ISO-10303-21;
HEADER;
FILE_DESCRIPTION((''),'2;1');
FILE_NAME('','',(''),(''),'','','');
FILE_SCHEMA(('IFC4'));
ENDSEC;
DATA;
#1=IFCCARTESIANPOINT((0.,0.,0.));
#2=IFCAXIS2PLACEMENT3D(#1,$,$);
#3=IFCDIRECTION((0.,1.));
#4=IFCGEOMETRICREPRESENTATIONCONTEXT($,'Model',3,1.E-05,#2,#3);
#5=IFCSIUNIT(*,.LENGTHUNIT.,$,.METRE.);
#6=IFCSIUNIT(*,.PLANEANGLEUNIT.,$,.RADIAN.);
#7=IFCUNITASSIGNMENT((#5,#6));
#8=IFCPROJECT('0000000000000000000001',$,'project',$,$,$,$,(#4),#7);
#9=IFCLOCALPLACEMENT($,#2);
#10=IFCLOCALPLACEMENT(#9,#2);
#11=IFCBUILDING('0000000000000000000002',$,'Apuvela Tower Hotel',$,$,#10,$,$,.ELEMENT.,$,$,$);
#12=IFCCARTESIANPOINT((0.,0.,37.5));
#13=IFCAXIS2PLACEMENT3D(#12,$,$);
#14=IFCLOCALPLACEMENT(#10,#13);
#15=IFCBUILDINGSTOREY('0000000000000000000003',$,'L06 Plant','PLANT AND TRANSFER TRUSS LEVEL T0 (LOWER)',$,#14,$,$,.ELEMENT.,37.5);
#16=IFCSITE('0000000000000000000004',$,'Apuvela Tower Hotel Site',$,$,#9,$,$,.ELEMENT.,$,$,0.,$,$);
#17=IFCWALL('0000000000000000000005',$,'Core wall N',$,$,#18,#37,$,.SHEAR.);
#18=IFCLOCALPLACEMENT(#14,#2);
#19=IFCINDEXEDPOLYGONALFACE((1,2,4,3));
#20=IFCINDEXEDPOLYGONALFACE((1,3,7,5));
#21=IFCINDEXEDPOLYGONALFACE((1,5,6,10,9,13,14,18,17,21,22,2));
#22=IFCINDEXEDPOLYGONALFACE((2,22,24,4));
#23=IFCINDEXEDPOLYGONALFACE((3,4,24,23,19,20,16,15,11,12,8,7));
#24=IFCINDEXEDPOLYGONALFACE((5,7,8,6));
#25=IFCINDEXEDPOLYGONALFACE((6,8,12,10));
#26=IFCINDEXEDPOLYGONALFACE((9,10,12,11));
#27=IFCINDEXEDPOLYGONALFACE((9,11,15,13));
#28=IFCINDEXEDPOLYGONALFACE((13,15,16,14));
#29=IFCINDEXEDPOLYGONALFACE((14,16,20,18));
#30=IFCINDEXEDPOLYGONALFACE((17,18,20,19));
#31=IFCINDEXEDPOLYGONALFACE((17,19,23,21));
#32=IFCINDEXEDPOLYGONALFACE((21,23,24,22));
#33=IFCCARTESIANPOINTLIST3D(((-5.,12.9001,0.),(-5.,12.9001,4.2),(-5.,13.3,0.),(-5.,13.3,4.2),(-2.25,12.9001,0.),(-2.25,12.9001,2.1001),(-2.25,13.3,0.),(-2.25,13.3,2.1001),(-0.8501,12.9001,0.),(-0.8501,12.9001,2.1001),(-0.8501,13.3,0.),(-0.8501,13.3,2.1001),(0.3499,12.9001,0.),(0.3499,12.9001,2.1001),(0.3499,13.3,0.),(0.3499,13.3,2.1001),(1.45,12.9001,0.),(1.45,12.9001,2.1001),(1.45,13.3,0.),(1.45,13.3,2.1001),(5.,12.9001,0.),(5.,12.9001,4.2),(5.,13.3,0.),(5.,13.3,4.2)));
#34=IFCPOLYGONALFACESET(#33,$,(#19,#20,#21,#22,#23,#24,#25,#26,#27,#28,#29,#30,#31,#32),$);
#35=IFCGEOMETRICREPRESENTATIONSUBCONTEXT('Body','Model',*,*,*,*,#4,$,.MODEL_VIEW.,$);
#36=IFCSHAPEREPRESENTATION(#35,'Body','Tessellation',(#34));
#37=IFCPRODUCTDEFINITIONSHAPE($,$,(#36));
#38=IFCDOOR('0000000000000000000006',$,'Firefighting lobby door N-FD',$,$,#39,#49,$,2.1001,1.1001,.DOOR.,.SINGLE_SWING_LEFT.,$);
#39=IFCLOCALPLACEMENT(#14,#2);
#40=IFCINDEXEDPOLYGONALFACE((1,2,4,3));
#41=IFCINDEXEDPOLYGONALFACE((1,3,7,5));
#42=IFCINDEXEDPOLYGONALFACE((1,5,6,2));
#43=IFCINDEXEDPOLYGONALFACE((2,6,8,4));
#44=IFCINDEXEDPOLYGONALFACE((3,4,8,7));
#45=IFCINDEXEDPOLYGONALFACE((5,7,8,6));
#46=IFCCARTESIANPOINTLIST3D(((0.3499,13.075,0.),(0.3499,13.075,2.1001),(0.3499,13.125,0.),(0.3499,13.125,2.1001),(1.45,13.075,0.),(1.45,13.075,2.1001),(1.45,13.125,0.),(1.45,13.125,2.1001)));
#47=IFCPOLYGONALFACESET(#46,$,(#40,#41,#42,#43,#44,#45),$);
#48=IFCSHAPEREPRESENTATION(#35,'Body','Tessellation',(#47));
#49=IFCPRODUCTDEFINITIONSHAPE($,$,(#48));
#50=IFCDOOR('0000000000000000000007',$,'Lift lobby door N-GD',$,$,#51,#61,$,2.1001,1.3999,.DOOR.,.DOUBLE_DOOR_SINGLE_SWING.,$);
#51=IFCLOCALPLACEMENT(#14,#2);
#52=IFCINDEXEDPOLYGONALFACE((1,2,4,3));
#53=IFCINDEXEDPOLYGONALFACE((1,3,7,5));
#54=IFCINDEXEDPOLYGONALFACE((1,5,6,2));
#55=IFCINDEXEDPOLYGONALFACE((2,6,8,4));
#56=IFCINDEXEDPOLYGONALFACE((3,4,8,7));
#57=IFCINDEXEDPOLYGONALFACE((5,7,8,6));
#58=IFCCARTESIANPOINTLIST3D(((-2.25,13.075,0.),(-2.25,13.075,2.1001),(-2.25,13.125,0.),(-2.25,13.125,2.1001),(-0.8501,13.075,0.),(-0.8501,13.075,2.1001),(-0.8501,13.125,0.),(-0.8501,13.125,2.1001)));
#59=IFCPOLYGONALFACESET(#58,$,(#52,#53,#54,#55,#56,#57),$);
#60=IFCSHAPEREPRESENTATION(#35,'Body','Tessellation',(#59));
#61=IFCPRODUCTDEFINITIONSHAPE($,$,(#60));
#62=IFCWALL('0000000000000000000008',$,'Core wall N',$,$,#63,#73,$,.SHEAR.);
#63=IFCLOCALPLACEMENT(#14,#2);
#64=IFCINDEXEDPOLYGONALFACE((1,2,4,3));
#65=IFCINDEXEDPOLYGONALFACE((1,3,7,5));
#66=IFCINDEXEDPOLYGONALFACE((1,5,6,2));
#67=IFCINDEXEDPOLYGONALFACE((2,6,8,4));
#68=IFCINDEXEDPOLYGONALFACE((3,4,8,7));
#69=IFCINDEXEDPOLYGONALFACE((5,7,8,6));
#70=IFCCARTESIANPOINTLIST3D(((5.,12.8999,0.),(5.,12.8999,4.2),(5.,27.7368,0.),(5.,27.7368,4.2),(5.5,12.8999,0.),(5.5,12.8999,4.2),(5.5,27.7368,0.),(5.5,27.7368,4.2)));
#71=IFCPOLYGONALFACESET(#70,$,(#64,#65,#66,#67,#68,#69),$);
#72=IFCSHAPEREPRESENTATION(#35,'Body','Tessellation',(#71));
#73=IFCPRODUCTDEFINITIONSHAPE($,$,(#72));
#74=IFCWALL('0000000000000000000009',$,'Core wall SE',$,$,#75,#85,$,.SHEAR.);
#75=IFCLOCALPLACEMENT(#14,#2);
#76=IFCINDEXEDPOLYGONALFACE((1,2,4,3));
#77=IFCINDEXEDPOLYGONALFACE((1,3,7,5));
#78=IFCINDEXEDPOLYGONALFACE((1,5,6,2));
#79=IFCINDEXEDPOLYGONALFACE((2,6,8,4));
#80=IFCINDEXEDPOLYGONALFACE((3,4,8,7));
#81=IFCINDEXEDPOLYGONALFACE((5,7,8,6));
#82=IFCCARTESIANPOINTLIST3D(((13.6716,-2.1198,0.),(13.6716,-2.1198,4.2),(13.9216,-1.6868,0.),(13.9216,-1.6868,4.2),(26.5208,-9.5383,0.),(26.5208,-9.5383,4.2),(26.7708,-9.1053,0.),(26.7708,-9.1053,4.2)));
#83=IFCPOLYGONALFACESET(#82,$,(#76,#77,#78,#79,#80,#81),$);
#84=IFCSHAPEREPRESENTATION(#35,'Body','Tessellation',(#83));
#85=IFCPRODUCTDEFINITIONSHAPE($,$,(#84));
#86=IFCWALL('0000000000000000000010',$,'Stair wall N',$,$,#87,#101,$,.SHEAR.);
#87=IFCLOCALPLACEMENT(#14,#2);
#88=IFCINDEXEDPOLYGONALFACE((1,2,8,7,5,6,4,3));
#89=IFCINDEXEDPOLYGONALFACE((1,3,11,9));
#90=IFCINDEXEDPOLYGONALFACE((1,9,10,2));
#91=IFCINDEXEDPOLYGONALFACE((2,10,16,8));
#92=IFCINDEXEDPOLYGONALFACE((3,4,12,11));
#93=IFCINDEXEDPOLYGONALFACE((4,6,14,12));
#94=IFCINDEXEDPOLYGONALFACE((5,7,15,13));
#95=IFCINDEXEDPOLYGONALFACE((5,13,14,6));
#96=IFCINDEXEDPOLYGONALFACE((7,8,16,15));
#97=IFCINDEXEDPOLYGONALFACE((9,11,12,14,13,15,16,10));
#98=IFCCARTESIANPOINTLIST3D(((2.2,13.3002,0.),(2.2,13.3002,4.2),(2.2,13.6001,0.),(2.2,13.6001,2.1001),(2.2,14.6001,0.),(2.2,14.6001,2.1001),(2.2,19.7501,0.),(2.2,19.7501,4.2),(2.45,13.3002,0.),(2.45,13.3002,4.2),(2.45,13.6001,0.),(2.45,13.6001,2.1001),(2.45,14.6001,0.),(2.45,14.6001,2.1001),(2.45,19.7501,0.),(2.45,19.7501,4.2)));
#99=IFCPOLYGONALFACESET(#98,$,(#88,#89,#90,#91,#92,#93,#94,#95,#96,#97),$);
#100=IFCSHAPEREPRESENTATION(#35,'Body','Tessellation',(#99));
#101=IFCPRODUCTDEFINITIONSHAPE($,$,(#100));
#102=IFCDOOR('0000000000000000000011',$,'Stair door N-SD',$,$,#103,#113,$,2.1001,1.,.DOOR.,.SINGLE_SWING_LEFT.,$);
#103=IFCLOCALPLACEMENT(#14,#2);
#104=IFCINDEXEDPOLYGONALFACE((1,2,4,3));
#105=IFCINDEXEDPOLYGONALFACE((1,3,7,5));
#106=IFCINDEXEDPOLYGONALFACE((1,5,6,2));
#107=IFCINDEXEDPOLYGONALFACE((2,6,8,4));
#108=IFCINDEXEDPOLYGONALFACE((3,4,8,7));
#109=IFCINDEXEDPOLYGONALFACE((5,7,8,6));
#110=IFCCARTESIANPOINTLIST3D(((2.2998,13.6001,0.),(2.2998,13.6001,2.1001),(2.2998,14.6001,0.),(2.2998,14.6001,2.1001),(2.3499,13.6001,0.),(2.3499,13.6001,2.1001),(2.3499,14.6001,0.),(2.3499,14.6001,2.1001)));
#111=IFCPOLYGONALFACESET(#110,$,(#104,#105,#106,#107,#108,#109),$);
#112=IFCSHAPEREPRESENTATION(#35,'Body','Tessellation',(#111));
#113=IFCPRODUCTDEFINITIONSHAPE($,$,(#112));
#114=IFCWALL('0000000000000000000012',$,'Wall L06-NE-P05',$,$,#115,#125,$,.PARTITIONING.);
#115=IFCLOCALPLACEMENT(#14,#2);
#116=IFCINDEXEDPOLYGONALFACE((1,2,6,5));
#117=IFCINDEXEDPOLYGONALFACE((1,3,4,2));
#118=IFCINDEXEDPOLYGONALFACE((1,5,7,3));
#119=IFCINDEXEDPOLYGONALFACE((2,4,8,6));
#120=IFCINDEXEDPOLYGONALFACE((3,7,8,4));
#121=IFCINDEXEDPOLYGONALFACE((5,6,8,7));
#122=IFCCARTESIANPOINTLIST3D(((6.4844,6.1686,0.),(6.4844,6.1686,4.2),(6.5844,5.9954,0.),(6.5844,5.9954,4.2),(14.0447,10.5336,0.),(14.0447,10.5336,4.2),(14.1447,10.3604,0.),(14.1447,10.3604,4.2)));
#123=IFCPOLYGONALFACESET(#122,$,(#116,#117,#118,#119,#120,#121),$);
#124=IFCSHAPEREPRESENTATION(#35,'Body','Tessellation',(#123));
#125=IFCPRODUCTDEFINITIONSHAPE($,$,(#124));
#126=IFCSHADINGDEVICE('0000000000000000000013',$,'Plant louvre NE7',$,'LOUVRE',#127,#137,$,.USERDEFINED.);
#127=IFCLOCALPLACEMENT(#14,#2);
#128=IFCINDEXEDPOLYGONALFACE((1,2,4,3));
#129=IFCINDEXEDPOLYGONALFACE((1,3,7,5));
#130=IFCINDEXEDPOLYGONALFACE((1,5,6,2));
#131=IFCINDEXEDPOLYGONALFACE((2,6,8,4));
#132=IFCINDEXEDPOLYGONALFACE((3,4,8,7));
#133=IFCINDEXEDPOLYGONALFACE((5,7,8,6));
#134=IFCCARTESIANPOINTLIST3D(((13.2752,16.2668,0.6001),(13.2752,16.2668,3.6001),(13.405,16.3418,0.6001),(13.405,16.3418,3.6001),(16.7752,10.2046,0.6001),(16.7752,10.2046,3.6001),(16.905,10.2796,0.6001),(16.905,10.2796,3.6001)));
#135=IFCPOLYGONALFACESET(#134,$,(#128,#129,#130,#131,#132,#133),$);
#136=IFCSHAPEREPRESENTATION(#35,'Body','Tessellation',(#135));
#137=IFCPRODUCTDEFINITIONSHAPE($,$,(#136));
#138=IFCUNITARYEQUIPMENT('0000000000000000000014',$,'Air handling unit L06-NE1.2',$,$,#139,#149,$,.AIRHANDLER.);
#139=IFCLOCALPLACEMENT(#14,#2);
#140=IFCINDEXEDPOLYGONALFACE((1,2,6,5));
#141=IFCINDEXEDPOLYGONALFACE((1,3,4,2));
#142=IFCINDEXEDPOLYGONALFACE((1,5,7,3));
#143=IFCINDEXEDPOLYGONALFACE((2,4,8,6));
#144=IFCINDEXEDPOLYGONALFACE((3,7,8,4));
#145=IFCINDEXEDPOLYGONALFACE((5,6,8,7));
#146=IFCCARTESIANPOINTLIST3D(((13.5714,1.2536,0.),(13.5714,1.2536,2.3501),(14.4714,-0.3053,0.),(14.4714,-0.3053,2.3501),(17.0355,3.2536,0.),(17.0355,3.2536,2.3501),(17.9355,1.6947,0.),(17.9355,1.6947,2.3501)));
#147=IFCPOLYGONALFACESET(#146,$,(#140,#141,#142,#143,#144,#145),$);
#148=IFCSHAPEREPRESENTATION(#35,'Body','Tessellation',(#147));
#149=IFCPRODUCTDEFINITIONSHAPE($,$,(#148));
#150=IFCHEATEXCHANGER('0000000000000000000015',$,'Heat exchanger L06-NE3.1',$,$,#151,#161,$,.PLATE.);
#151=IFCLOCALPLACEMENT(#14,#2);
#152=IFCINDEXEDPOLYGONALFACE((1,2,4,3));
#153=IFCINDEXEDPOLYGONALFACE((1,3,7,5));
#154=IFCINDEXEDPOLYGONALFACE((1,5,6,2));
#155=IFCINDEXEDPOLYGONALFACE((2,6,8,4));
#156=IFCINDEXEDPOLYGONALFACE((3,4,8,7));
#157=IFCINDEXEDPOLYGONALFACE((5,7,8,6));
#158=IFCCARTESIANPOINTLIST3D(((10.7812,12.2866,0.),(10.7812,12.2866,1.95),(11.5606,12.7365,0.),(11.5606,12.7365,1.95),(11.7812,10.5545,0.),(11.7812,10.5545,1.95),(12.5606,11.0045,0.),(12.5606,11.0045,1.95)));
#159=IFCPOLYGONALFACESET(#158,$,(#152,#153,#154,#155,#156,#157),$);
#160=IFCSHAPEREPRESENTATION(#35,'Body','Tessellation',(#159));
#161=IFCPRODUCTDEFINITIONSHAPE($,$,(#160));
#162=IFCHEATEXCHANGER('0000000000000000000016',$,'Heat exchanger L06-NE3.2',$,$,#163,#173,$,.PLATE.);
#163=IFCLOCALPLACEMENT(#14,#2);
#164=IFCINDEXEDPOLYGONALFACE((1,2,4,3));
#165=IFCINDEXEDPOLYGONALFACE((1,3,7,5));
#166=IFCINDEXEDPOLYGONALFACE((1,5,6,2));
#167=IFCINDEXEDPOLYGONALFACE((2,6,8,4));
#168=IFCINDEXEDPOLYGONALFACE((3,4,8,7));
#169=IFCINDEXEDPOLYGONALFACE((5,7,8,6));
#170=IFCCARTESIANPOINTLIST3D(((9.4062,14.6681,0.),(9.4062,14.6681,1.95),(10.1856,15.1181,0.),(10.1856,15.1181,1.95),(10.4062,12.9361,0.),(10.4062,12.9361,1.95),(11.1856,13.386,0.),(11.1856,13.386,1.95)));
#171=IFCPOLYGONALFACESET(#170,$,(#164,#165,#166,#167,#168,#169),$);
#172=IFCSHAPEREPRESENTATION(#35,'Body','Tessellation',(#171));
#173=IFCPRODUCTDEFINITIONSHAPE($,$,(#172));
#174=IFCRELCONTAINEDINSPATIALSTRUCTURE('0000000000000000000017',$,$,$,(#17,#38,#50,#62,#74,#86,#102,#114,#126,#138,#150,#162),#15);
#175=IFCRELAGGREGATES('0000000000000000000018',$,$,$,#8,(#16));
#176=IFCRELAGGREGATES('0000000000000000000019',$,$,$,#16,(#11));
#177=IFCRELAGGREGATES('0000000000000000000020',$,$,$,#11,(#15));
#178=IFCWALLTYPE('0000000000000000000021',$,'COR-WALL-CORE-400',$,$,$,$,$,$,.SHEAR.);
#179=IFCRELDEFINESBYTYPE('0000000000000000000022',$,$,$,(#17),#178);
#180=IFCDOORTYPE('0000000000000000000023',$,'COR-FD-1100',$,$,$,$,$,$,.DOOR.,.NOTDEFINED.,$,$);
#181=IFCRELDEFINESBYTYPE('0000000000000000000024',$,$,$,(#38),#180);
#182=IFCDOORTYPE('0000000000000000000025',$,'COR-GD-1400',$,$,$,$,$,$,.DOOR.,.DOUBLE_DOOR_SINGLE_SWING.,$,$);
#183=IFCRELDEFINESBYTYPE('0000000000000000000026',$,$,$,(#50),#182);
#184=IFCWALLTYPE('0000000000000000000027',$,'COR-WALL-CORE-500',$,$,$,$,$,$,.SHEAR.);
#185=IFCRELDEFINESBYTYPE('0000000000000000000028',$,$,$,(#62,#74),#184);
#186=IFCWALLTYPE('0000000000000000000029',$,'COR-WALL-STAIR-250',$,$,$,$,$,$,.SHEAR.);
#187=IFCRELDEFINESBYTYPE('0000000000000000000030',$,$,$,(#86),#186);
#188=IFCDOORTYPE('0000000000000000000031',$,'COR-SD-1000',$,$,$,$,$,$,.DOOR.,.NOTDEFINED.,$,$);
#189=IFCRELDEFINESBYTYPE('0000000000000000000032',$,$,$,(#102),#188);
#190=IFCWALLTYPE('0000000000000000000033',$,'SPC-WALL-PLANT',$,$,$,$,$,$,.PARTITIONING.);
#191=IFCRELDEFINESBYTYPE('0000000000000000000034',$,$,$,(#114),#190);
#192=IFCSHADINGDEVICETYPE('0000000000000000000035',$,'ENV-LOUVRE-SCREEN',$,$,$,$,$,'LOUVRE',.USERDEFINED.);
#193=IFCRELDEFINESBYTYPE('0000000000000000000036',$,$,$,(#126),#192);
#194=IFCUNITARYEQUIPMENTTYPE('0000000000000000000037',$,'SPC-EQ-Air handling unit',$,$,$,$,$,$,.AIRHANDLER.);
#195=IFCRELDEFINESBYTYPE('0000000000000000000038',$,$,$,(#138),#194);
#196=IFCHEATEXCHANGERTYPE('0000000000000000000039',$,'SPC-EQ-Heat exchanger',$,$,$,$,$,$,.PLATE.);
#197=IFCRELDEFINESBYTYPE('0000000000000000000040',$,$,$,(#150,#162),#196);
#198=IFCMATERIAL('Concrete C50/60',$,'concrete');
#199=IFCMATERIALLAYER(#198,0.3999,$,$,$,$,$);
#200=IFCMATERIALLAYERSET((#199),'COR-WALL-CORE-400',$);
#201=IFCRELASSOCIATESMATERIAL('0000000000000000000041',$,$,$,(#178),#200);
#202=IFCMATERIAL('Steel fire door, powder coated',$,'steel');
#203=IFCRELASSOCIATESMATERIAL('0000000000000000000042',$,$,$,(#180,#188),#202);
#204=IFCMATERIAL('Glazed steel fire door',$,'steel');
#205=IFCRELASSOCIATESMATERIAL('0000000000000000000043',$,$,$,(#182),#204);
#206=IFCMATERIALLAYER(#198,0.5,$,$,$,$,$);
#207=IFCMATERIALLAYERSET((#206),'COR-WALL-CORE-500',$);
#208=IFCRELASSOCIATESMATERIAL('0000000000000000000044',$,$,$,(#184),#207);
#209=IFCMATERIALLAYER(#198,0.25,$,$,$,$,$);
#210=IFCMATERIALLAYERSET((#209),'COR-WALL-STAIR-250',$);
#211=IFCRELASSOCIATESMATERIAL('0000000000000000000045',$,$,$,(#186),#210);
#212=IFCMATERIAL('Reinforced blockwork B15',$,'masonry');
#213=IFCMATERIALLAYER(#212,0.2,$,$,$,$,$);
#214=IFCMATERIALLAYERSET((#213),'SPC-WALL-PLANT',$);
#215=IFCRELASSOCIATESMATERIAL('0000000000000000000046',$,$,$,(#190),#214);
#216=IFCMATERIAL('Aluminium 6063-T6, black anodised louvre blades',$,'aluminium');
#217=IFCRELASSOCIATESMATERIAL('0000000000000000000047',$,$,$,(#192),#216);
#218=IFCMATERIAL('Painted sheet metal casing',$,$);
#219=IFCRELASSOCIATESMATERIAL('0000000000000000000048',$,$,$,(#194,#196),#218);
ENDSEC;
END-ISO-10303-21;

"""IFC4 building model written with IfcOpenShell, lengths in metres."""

from ifc_helpers import new_model, si_unit, direction, frame, frame_2d, origin, origin_2d, place, context, subcontext, project, spatial, rectangle, extrude, material, layer, layer_set, type_object, element, fill, save


model = new_model("IFC4")

# Units and contexts
model_context = context("Model", 3, precision=1e-05, world=origin(), true_north=direction((0.0, 1.0)))
body_context = subcontext(model_context, "Body", "Model", "MODEL_VIEW")
ifc_project = project(units=[si_unit("LENGTHUNIT", "METRE"), si_unit("PLANEANGLEUNIT", "RADIAN")], contexts=[model_context])

# Site, building, storey
site_placement = place(None, origin())
site = spatial("IfcSite", under=ifc_project, at=site_placement, Name="Apuvela Tower Hotel Site", CompositionType="ELEMENT", RefElevation=0.0)
building_placement = place(site_placement, origin())
building = spatial("IfcBuilding", under=site, at=building_placement, Name="Apuvela Tower Hotel", CompositionType="ELEMENT")
storey_placement = place(building_placement, frame((0.0, 0.0, 37.5)))
storey = spatial("IfcBuildingStorey", under=building, at=storey_placement, Name="L06 Plant", Description="PLANT AND TRANSFER TRUSS LEVEL T0 (LOWER)", CompositionType="ELEMENT", Elevation=37.5)

# Shared definitions
ifc_material_1 = material(Name="Concrete C50/60", Category="concrete")

# Wall, openings, doors
ifc_layer_1 = layer(ifc_material_1, 0.3999)
ifc_layer_set_1 = layer_set([ifc_layer_1], Name="COR-WALL-CORE-400")
wall_type_1 = type_object("IfcWallType", Name="COR-WALL-CORE-400", PredefinedType="SHEAR", material=ifc_layer_set_1)
wall_1_placement = place(storey_placement, frame((5.0, 13.1001, 0.0), z_axis=(0.0, 0.0, 1.0), x_axis=(-1.0, 0.0, 0.0)))
wall_1 = element("IfcWall", 1, at=wall_1_placement, inside=storey, type_object=wall_type_1, Name="Core wall N", PredefinedType="SHEAR", context=body_context, shape_type="SweptSolid", body=[
    extrude(rectangle(XDim=10.0, YDim=0.3999, at=frame_2d((5.0, 0.0))), origin(), (0.0, 0.0, 1.0), 4.2),
])
opening_1_placement = place(wall_1_placement, frame((3.55, 0.0, 0.0)))
opening_1 = element("IfcOpeningElement", 2, at=opening_1_placement, cuts=wall_1, PredefinedType="OPENING", context=body_context, shape_type="SweptSolid", body=[
    extrude(rectangle(XDim=1.1001, YDim=2.1001, at=frame_2d((0.55, 1.05))), frame((0.0, 0.21, 0.0), z_axis=(0.0, -1.0, 0.0), x_axis=(1.0, 0.0, 0.0)), (0.0, 0.0, 1.0), 0.4199),
])
opening_2_placement = place(wall_1_placement, frame((5.8501, 0.0, 0.0)))
opening_2 = element("IfcOpeningElement", 3, at=opening_2_placement, cuts=wall_1, PredefinedType="OPENING", context=body_context, shape_type="SweptSolid", body=[
    extrude(rectangle(XDim=1.3999, YDim=2.1001, at=frame_2d((0.7, 1.05))), frame((0.0, 0.21, 0.0), z_axis=(0.0, -1.0, 0.0), x_axis=(1.0, 0.0, 0.0)), (0.0, 0.0, 1.0), 0.4199),
])
ifc_material_2 = material(Name="Steel fire door, powder coated", Category="steel")
door_type_1 = type_object("IfcDoorType", Name="COR-FD-1100", OperationType="NOTDEFINED", PredefinedType="DOOR", material=ifc_material_2)
door_1_placement = place(opening_1_placement, frame((1.1001, 0.0, 0.0), z_axis=(0.0, 0.0, 1.0), x_axis=(-1.0, 0.0, 0.0)))
door_1 = element("IfcDoor", 4, at=door_1_placement, inside=storey, type_object=door_type_1, Name="Firefighting lobby door N-FD", OperationType="SINGLE_SWING_LEFT", OverallHeight=2.1001, OverallWidth=1.1001, PredefinedType="DOOR", context=body_context, shape_type="SweptSolid", body=[
    extrude(rectangle(XDim=1.1001, YDim=2.1001, at=frame_2d((0.55, 1.05))), frame((0.0, 0.0249, 0.0), z_axis=(0.0, -1.0, 0.0), x_axis=(1.0, 0.0, 0.0)), (0.0, 0.0, 1.0), 0.05),
])
fill(opening_1, door_1)
ifc_material_3 = material(Name="Glazed steel fire door", Category="steel")
door_type_2 = type_object("IfcDoorType", Name="COR-GD-1400", OperationType="DOUBLE_DOOR_SINGLE_SWING", PredefinedType="DOOR", material=ifc_material_3)
door_2_placement = place(opening_2_placement, frame((1.3999, 0.0, 0.0), z_axis=(0.0, 0.0, 1.0), x_axis=(-1.0, 0.0, 0.0)))
door_2 = element("IfcDoor", 5, at=door_2_placement, inside=storey, type_object=door_type_2, Name="Lift lobby door N-GD", OperationType="DOUBLE_DOOR_SINGLE_SWING", OverallHeight=2.1001, OverallWidth=1.3999, PredefinedType="DOOR", context=body_context, shape_type="SweptSolid", body=[
    extrude(rectangle(XDim=1.3999, YDim=2.1001, at=frame_2d((0.7, 1.05))), frame((0.0, 0.0249, 0.0), z_axis=(0.0, -1.0, 0.0), x_axis=(1.0, 0.0, 0.0)), (0.0, 0.0, 1.0), 0.05),
])
fill(opening_2, door_2)

# Walls
ifc_layer_2 = layer(ifc_material_1, 0.5)
ifc_layer_set_2 = layer_set([ifc_layer_2], Name="COR-WALL-CORE-500")
wall_type_2 = type_object("IfcWallType", Name="COR-WALL-CORE-500", PredefinedType="SHEAR", material=ifc_layer_set_2)
for number, where, z_axis, x_axis, name in (
    (6, (5.25, 12.8999, 0.0), (0.0, 0.0, 1.0), (0.0, 1.0, 0.0), "Core wall N"),
    (7, (13.7966, -1.9033, 0.0), (0.0, 0.0, 1.0), (0.866025, -0.500001, 0.0), "Core wall SE"),
):
    element("IfcWall", number, at=place(storey_placement, frame(where, z_axis=z_axis, x_axis=x_axis)), inside=storey, type_object=wall_type_2, Name=name, PredefinedType="SHEAR", context=body_context, shape_type="SweptSolid", body=[
        extrude(rectangle(XDim=14.8369, YDim=0.5, at=frame_2d((7.4185, 0.0))), origin(), (0.0, 0.0, 1.0), 4.2),
    ])

# Wall, opening, door
ifc_layer_3 = layer(ifc_material_1, 0.25)
ifc_layer_set_3 = layer_set([ifc_layer_3], Name="COR-WALL-STAIR-250")
wall_type_3 = type_object("IfcWallType", Name="COR-WALL-STAIR-250", PredefinedType="SHEAR", material=ifc_layer_set_3)
wall_2_placement = place(storey_placement, frame((2.325, 13.3, 0.0), z_axis=(0.0, 0.0, 1.0), x_axis=(0.0, 1.0, 0.0)))
wall_2 = element("IfcWall", 8, at=wall_2_placement, inside=storey, type_object=wall_type_3, Name="Stair wall N", PredefinedType="SHEAR", context=body_context, shape_type="SweptSolid", body=[
    extrude(rectangle(XDim=6.45, YDim=0.25, at=frame_2d((3.2251, 0.0))), origin(), (0.0, 0.0, 1.0), 4.2),
])
opening_3_placement = place(wall_2_placement, frame((0.3, 0.0, 0.0)))
opening_3 = element("IfcOpeningElement", 9, at=opening_3_placement, cuts=wall_2, PredefinedType="OPENING", context=body_context, shape_type="SweptSolid", body=[
    extrude(rectangle(XDim=1.0, YDim=2.1001, at=frame_2d((0.5, 1.05))), frame((0.0, 0.135, 0.0), z_axis=(0.0, -1.0, 0.0), x_axis=(1.0, 0.0, 0.0)), (0.0, 0.0, 1.0), 0.27),
])
door_type_3 = type_object("IfcDoorType", Name="COR-SD-1000", OperationType="NOTDEFINED", PredefinedType="DOOR", material=ifc_material_2)
door_3_placement = place(opening_3_placement, frame((1.0, 0.0, 0.0), z_axis=(0.0, 0.0, 1.0), x_axis=(-1.0, 0.0, 0.0)))
door_3 = element("IfcDoor", 10, at=door_3_placement, inside=storey, type_object=door_type_3, Name="Stair door N-SD", OperationType="SINGLE_SWING_LEFT", OverallHeight=2.1001, OverallWidth=1.0, PredefinedType="DOOR", context=body_context, shape_type="SweptSolid", body=[
    extrude(rectangle(XDim=1.0, YDim=2.1001, at=frame_2d((0.5, 1.05))), frame((0.0, 0.0249, 0.0), z_axis=(0.0, -1.0, 0.0), x_axis=(1.0, 0.0, 0.0)), (0.0, 0.0, 1.0), 0.05),
])
fill(opening_3, door_3)

# Wall
ifc_material_4 = material(Name="Reinforced blockwork B15", Category="masonry")
ifc_layer_4 = layer(ifc_material_4, 0.2)
ifc_layer_set_4 = layer_set([ifc_layer_4], Name="SPC-WALL-PLANT")
wall_type_4 = type_object("IfcWallType", Name="SPC-WALL-PLANT", PredefinedType="PARTITIONING", material=ifc_layer_set_4)
wall_3_placement = place(storey_placement, frame((14.0947, 10.447, 0.0), z_axis=(0.0, 0.0, 1.0), x_axis=(-0.866023, -0.500004, 0.0)))
element("IfcWall", 11, at=wall_3_placement, inside=storey, type_object=wall_type_4, Name="Wall L06-NE-P05", PredefinedType="PARTITIONING", context=body_context, shape_type="SweptSolid", body=[
    extrude(rectangle(XDim=8.73, YDim=0.2, at=frame_2d((4.365, 0.0))), origin(), (0.0, 0.0, 1.0), 4.2),
])

# Shading device
ifc_material_5 = material(Name="Aluminium 6063-T6, black anodised louvre blades", Category="aluminium")
shading_device_type = type_object("IfcShadingDeviceType", Name="ENV-LOUVRE-SCREEN", ElementType="LOUVRE", PredefinedType="USERDEFINED", material=ifc_material_5)
shading_device_placement = place(storey_placement, frame((15.0901, 13.2732, 0.6001), z_axis=(0.0, 0.0, 1.0), x_axis=(-0.5, 0.866025, 0.0)))
element("IfcShadingDevice", 12, at=shading_device_placement, inside=storey, type_object=shading_device_type, Name="Plant louvre NE7", ObjectType="LOUVRE", PredefinedType="USERDEFINED", context=body_context, shape_type="SweptSolid", body=[
    extrude(rectangle(XDim=7.0, YDim=0.1499, at=origin_2d()), origin(), (0.0, 0.0, 1.0), 3.0),
])

# Unitary equipment
ifc_material_6 = material(Name="Painted sheet metal casing")
unitary_equipment_type = type_object("IfcUnitaryEquipmentType", Name="SPC-EQ-Air handling unit", PredefinedType="AIRHANDLER", material=ifc_material_6)
unitary_equipment_placement = place(storey_placement, frame((15.7534, 1.4741, 0.0), z_axis=(0.0, 0.0, 1.0), x_axis=(-0.5, 0.866025, 0.0)))
element("IfcUnitaryEquipment", 13, at=unitary_equipment_placement, inside=storey, type_object=unitary_equipment_type, Name="Air handling unit L06-NE1.2", PredefinedType="AIRHANDLER", context=body_context, shape_type="SweptSolid", body=[
    extrude(rectangle(XDim=1.8, YDim=4.0, at=origin_2d()), origin(), (0.0, 0.0, 1.0), 2.3501),
])

# Heat exchangers
heat_exchanger_type = type_object("IfcHeatExchangerType", Name="SPC-EQ-Heat exchanger", PredefinedType="PLATE", material=ifc_material_6)
for number, where, z_axis, x_axis, name in (
    (14, (11.6709, 11.6455, 0.0), (0.0, 0.0, 1.0), (-0.5, 0.866025, 0.0), "Heat exchanger L06-NE3.1"),
    (15, (10.2959, 14.0271, 0.0), (0.0, 0.0, 1.0), (-0.5, 0.866025, 0.0), "Heat exchanger L06-NE3.2"),
):
    element("IfcHeatExchanger", number, at=place(storey_placement, frame(where, z_axis=z_axis, x_axis=x_axis)), inside=storey, type_object=heat_exchanger_type, Name=name, PredefinedType="PLATE", context=body_context, shape_type="SweptSolid", body=[
        extrude(rectangle(XDim=2.0, YDim=0.8999, at=origin_2d()), origin(), (0.0, 0.0, 1.0), 1.95),
    ])

save(model, "model.ifc")
